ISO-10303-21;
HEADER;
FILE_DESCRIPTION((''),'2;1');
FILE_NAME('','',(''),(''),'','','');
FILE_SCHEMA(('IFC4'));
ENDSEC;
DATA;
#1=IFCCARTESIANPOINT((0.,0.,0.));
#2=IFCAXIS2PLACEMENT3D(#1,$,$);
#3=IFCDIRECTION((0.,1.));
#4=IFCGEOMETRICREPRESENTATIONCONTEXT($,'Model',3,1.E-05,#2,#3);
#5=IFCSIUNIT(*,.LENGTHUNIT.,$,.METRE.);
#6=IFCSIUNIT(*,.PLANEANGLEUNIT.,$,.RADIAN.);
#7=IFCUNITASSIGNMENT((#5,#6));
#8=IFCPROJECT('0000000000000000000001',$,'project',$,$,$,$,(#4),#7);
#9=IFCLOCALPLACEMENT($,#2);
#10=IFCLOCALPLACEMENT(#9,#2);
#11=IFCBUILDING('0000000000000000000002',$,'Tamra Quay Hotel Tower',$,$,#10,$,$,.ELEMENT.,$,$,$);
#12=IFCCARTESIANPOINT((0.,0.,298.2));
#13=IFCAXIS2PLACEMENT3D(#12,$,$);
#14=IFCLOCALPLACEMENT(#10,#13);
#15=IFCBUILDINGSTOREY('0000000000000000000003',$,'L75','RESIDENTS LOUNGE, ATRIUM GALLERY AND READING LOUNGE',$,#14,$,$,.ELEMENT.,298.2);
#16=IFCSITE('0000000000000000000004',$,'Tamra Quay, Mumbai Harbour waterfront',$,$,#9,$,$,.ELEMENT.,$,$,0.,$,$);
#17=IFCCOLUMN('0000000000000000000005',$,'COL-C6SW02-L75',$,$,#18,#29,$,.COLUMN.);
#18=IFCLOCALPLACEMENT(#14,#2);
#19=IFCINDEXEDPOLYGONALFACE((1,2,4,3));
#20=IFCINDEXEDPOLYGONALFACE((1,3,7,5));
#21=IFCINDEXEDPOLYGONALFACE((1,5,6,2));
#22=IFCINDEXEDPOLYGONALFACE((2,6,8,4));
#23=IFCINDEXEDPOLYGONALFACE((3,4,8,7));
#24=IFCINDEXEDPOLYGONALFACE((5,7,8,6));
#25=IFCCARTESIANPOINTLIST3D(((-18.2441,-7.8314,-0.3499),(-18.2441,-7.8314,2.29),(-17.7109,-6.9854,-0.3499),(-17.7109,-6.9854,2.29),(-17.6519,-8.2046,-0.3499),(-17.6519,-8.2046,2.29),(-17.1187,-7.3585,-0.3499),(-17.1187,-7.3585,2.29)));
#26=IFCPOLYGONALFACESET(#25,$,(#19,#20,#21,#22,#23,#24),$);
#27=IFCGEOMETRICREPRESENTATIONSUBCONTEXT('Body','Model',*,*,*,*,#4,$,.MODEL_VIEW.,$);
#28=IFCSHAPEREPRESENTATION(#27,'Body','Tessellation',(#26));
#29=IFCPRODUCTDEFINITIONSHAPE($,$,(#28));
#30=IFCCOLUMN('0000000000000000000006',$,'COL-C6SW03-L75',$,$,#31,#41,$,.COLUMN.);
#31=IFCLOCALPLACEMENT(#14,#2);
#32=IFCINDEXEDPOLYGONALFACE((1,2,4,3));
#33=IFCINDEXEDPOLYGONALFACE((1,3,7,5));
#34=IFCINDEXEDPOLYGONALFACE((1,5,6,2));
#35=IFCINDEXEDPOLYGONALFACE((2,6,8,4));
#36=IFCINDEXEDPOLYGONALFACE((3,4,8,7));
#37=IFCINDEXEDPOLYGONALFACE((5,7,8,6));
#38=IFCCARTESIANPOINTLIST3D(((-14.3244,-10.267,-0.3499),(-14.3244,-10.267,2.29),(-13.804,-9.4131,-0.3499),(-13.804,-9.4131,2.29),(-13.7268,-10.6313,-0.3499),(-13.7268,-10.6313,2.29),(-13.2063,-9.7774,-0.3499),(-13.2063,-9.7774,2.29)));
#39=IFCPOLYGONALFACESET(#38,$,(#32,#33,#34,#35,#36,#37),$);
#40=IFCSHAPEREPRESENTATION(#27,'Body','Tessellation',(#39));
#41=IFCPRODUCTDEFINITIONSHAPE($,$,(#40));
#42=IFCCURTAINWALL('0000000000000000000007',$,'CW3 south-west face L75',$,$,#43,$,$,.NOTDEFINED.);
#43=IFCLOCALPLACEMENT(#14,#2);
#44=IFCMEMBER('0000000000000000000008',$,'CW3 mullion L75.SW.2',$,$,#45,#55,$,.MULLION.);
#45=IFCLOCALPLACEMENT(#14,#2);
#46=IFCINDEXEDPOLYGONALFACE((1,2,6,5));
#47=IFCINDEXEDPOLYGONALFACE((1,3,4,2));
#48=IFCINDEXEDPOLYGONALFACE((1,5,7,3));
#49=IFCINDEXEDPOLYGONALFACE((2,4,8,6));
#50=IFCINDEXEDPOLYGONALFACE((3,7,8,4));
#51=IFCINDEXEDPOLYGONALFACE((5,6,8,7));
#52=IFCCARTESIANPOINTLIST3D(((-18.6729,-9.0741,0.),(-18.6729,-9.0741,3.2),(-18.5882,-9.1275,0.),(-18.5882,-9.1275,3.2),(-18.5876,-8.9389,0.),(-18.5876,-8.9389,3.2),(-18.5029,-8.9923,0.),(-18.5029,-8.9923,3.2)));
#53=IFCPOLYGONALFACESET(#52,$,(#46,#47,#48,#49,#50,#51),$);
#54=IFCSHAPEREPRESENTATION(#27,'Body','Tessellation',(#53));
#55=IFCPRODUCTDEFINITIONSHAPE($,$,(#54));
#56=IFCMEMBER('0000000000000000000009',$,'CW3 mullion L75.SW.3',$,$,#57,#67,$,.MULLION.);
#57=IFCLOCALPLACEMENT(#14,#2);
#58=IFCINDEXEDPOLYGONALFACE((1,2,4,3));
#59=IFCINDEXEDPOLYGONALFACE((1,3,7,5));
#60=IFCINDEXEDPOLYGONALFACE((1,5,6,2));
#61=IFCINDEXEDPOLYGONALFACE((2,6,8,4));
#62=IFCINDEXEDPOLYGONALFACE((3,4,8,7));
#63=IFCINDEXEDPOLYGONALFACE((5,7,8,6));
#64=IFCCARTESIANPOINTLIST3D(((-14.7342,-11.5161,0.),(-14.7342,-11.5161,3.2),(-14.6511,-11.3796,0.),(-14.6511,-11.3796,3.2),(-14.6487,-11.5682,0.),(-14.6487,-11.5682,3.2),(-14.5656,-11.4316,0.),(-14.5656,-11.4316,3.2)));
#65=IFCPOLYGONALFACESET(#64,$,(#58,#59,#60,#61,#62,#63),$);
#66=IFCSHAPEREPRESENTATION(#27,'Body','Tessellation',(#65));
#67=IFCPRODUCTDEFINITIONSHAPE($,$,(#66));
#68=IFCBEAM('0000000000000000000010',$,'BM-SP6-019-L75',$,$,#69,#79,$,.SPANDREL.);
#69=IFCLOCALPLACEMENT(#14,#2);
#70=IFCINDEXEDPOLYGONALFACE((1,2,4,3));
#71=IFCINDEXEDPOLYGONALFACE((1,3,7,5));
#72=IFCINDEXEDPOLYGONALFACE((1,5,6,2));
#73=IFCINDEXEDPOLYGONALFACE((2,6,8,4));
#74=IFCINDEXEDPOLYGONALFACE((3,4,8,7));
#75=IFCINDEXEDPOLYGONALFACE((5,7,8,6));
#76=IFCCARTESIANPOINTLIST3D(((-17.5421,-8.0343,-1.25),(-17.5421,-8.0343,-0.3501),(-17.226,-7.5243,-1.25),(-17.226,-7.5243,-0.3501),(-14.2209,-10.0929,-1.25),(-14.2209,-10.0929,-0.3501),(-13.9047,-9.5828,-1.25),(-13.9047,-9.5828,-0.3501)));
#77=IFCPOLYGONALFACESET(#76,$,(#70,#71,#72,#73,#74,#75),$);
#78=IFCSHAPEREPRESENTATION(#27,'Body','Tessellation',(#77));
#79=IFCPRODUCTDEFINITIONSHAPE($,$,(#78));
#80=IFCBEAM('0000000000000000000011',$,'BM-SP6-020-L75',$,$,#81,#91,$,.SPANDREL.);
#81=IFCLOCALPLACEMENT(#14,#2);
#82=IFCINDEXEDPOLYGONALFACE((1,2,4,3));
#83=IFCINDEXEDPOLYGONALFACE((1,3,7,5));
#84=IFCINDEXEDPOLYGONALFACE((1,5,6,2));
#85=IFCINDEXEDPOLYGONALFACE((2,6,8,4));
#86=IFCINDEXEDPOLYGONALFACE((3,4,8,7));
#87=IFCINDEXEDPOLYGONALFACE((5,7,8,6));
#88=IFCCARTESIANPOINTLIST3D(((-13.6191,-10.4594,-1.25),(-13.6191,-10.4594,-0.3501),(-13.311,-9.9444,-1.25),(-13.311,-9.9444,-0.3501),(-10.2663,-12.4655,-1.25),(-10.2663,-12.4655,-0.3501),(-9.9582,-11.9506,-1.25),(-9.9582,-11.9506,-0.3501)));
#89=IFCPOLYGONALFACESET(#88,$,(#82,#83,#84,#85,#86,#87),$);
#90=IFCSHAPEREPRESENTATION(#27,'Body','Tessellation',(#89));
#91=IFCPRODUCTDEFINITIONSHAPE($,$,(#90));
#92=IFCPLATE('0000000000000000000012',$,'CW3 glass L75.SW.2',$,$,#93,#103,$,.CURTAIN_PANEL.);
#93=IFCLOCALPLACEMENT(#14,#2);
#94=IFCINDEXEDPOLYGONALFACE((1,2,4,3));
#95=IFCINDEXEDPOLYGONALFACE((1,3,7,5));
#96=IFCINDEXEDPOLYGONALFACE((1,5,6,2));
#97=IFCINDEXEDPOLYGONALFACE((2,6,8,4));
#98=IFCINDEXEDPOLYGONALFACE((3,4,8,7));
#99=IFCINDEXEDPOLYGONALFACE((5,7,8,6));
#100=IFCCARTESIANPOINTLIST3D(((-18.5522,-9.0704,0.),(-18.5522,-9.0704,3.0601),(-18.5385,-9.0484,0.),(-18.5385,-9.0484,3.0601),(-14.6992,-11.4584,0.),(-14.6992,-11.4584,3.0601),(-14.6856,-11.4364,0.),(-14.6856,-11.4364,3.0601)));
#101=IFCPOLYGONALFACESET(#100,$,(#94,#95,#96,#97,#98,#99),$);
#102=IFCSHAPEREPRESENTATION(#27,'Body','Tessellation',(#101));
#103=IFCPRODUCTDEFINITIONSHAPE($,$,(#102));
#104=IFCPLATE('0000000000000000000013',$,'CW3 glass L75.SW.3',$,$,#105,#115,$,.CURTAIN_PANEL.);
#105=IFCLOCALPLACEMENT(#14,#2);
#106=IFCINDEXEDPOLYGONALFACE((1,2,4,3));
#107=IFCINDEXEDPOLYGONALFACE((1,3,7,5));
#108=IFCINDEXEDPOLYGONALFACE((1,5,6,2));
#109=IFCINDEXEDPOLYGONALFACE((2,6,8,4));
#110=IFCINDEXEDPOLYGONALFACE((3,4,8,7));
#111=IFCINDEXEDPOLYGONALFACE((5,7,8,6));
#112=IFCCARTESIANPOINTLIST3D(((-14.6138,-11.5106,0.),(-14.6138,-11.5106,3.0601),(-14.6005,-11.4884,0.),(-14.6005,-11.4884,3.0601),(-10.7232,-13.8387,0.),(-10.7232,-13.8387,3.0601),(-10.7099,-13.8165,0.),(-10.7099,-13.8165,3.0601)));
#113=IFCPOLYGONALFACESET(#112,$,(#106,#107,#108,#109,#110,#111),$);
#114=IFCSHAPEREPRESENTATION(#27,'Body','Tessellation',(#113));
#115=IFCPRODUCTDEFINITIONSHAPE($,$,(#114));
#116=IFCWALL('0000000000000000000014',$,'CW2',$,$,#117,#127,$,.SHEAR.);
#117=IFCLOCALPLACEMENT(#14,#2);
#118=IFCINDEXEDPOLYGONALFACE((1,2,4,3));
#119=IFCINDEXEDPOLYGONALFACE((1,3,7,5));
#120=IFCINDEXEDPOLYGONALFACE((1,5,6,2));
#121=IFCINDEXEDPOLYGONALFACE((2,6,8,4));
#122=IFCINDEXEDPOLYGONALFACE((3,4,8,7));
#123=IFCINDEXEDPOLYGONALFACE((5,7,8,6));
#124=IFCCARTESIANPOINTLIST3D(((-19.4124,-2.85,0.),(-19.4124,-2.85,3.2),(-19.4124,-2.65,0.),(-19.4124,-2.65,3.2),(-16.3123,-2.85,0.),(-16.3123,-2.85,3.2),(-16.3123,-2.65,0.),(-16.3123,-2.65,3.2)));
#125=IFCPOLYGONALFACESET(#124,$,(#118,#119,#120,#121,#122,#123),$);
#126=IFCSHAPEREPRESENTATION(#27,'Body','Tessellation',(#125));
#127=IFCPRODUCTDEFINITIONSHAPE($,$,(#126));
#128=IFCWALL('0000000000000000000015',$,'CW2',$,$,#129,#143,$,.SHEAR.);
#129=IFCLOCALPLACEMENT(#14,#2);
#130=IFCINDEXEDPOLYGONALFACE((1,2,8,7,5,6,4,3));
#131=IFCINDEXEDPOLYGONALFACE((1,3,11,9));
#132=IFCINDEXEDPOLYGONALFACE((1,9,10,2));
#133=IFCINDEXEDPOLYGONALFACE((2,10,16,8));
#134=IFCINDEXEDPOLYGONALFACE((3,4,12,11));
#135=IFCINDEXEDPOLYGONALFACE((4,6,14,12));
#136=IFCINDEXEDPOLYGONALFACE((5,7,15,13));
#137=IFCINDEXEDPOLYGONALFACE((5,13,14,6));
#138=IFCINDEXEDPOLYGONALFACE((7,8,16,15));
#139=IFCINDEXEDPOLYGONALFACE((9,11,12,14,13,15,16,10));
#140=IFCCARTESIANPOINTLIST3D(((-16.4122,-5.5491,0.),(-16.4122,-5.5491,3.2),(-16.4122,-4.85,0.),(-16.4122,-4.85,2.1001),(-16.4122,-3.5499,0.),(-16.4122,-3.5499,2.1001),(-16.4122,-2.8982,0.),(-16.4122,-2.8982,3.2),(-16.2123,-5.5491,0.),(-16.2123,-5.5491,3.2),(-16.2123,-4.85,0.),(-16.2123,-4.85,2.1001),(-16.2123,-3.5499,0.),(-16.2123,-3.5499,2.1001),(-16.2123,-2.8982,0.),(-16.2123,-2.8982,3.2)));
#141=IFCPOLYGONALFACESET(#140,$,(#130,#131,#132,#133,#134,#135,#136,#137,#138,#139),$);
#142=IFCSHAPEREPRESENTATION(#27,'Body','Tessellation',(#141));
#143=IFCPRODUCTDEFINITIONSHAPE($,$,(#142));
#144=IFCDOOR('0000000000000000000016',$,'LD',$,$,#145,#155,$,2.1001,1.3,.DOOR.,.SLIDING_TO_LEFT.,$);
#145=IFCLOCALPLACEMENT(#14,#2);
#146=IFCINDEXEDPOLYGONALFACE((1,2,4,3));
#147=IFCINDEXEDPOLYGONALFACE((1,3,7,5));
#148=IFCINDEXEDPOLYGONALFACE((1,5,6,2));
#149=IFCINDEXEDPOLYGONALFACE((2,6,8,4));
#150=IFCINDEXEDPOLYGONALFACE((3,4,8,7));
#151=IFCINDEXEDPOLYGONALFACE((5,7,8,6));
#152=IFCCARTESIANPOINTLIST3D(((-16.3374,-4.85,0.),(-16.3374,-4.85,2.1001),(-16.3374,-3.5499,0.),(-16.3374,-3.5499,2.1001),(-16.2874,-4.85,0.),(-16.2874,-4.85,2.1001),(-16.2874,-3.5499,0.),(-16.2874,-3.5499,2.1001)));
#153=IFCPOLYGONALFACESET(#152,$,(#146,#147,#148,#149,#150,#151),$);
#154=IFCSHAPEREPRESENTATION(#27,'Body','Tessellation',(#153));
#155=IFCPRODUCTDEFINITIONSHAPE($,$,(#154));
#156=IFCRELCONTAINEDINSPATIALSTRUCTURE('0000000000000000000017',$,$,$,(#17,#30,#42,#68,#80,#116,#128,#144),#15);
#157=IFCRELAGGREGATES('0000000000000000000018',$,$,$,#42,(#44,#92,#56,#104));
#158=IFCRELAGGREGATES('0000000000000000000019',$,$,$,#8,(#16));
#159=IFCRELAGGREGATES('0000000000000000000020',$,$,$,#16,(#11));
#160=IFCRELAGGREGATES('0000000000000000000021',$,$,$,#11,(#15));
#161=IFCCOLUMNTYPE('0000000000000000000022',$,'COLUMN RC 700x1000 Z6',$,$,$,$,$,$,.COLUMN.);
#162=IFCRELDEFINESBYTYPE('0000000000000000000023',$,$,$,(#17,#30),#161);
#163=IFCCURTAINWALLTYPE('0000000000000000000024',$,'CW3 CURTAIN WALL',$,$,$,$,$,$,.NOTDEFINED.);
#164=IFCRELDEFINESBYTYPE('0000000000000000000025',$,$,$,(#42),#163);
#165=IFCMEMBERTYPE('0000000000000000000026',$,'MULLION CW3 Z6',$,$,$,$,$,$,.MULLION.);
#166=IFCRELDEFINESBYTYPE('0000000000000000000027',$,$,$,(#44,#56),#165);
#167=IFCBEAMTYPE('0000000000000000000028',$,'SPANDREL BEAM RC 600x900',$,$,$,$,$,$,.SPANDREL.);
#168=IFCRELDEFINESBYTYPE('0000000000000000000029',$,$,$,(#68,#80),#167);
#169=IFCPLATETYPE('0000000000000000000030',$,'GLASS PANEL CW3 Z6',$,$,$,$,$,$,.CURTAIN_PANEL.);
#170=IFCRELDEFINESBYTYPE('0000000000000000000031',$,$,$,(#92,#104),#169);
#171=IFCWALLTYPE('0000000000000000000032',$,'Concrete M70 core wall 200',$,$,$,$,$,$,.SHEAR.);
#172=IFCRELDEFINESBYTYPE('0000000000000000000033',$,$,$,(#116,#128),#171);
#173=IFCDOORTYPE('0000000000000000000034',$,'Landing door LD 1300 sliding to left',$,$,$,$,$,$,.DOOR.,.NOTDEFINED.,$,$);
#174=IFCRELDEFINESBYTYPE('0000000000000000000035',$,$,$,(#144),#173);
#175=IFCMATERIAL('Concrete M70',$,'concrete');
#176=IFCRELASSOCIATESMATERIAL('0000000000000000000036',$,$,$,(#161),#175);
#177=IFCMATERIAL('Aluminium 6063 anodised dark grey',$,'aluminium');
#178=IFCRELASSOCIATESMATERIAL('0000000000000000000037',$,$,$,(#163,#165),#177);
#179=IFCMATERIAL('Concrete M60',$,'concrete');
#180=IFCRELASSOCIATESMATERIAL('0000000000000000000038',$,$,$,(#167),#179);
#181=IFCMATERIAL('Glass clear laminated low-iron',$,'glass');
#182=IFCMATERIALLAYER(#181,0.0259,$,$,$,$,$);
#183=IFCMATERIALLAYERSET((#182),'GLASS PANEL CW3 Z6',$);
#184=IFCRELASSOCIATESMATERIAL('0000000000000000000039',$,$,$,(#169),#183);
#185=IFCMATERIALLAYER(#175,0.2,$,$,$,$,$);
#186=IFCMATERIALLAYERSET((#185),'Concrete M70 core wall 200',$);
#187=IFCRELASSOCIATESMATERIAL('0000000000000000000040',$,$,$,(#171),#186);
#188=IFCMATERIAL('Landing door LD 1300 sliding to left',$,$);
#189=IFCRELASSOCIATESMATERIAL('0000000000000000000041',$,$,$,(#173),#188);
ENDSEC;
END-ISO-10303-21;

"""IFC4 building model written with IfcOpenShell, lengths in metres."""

from ifc_helpers import new_model, si_unit, direction, frame, frame_2d, origin, origin_2d, place, context, subcontext, project, spatial, rectangle, extrude, material, layer, layer_set, material_profile, profile_set, type_object, element, fill, aggregate, save


model = new_model("IFC4")

# Units and contexts
model_context = context("Model", 3, precision=1e-05, world=origin(), true_north=direction((0.0, 1.0)))
body_context = subcontext(model_context, "Body", "Model", "MODEL_VIEW")
ifc_project = project(units=[si_unit("LENGTHUNIT", "METRE"), si_unit("PLANEANGLEUNIT", "RADIAN")], contexts=[model_context])

# Site, building, storey
site_placement = place(None, origin())
site = spatial("IfcSite", under=ifc_project, at=site_placement, Name="Tamra Quay, Mumbai Harbour waterfront", CompositionType="ELEMENT", RefElevation=0.0)
building_placement = place(site_placement, origin())
building = spatial("IfcBuilding", under=site, at=building_placement, Name="Tamra Quay Hotel Tower", CompositionType="ELEMENT")
storey_placement = place(building_placement, frame((0.0, 0.0, 298.2)))
storey = spatial("IfcBuildingStorey", under=building, at=storey_placement, Name="L75", Description="RESIDENTS LOUNGE, ATRIUM GALLERY AND READING LOUNGE", CompositionType="ELEMENT", Elevation=298.2)

# Columns
ifc_material_1 = material(Name="Concrete M70", Category="concrete")
ifc_material_profile_1 = material_profile(ifc_material_1, rectangle(XDim=1.0, YDim=0.7, at=origin_2d()), Name="COLUMN RC 700x1000 Z6")
ifc_profile_set_1 = profile_set([ifc_material_profile_1], Name="Concrete M70")
column_type = type_object("IfcColumnType", Name="COLUMN RC 700x1000 Z6", PredefinedType="COLUMN", material=ifc_profile_set_1)
for number, where, z_axis, x_axis, name in (
    (1, (-17.6814, -7.595, -0.3499), (0.0, 0.0, 1.0), (0.533133, 0.846031, 0.0), "COL-C6SW02-L75"),
    (2, (-13.7654, -10.0222, -0.3499), (0.0, 0.0, 1.0), (0.52043, 0.853904, 0.0), "COL-C6SW03-L75"),
):
    element("IfcColumn", number, at=place(storey_placement, frame(where, z_axis=z_axis, x_axis=x_axis)), inside=storey, type_object=column_type, Name=name, PredefinedType="COLUMN", context=body_context, shape_type="SweptSolid", body=[
        extrude(rectangle(XDim=1.0, YDim=0.7, at=origin_2d()), origin(), (0.0, 0.0, 1.0), 2.6399),
    ])

# Curtain wall, members
ifc_material_2 = material(Name="Aluminium 6063 anodised dark grey", Category="aluminium")
curtain_wall_type = type_object("IfcCurtainWallType", Name="CW3 CURTAIN WALL", PredefinedType="NOTDEFINED", material=ifc_material_2)
curtain_wall_placement = place(storey_placement, origin())
curtain_wall = element("IfcCurtainWall", 3, at=curtain_wall_placement, inside=storey, type_object=curtain_wall_type, Name="CW3 south-west face L75", PredefinedType="NOTDEFINED")
ifc_material_profile_2 = material_profile(ifc_material_2, rectangle(XDim=0.1599, YDim=0.1001, at=origin_2d()), Name="MULLION 100X160")
ifc_profile_set_2 = profile_set([ifc_material_profile_2], Name="Aluminium 6063 anodised dark grey")
member_type = type_object("IfcMemberType", Name="MULLION CW3 Z6", PredefinedType="MULLION", material=ifc_profile_set_2)
member_1_placement = place(storey_placement, frame((-18.5879, -9.0332, 0.0), z_axis=(0.0, 0.0, 1.0), x_axis=(-0.533422, -0.845849, 0.0)))
member_1 = element("IfcMember", 4, at=member_1_placement, type_object=member_type, Name="CW3 mullion L75.SW.2", PredefinedType="MULLION", context=body_context, shape_type="SweptSolid", body=[
    extrude(rectangle(XDim=0.1599, YDim=0.1001, at=origin_2d()), origin(), (0.0, 0.0, 1.0), 3.2),
])
member_2_placement = place(storey_placement, frame((-14.6499, -11.4739, 0.0), z_axis=(0.0, 0.0, 1.0), x_axis=(-0.52016, -0.854069, 0.0)))
member_2 = element("IfcMember", 5, at=member_2_placement, type_object=member_type, Name="CW3 mullion L75.SW.3", PredefinedType="MULLION", context=body_context, shape_type="SweptSolid", body=[
    extrude(rectangle(XDim=0.1599, YDim=0.1001, at=origin_2d()), origin(), (0.0, 0.0, 1.0), 3.2),
])

# Beams
ifc_material_3 = material(Name="Concrete M60", Category="concrete")
ifc_material_profile_3 = material_profile(ifc_material_3, rectangle(XDim=0.6001, YDim=0.8999, at=origin_2d()), Name="SPANDREL BEAM RC 600x900")
ifc_profile_set_3 = profile_set([ifc_material_profile_3], Name="Concrete M60")
beam_type = type_object("IfcBeamType", Name="SPANDREL BEAM RC 600x900", PredefinedType="SPANDREL", material=ifc_profile_set_3)
beam_1_placement = place(storey_placement, frame((-17.384, -7.7793, -0.8), z_axis=(0.849972, -0.526828, 0.0), x_axis=(0.526828, 0.849972, 0.0)))
element("IfcBeam", 6, at=beam_1_placement, inside=storey, type_object=beam_type, Name="BM-SP6-019-L75", PredefinedType="SPANDREL", context=body_context, shape_type="SweptSolid", body=[
    extrude(rectangle(XDim=0.6001, YDim=0.8999, at=origin_2d()), origin(), (0.0, 0.0, 1.0), 3.9075),
])
beam_2_placement = place(storey_placement, frame((-13.4651, -10.2019, -0.8), z_axis=(0.858121, -0.513448, 0.0), x_axis=(0.513448, 0.858121, 0.0)))
element("IfcBeam", 7, at=beam_2_placement, inside=storey, type_object=beam_type, Name="BM-SP6-020-L75", PredefinedType="SPANDREL", context=body_context, shape_type="SweptSolid", body=[
    extrude(rectangle(XDim=0.6001, YDim=0.8999, at=origin_2d()), origin(), (0.0, 0.0, 1.0), 3.9072),
])

# Plates
ifc_material_4 = material(Name="Glass clear laminated low-iron", Category="glass")
ifc_layer_1 = layer(ifc_material_4, 0.0259)
ifc_layer_set_1 = layer_set([ifc_layer_1], Name="GLASS PANEL CW3 Z6")
plate_type = type_object("IfcPlateType", Name="GLASS PANEL CW3 Z6", PredefinedType="CURTAIN_PANEL", material=ifc_layer_set_1)
plate_1_placement = place(storey_placement, frame((-16.6189, -10.2534, 0.0), z_axis=(0.0, 0.0, 1.0), x_axis=(0.849982, -0.526812, 0.0)))
plate_1 = element("IfcPlate", 8, at=plate_1_placement, type_object=plate_type, Name="CW3 glass L75.SW.2", PredefinedType="CURTAIN_PANEL", context=body_context, shape_type="SweptSolid", body=[
    extrude(rectangle(XDim=4.533, YDim=0.0259, at=origin_2d()), origin(), (0.0, 0.0, 1.0), 3.0601),
])
plate_2_placement = place(storey_placement, frame((-12.6619, -12.6636, 0.0), z_axis=(0.0, 0.0, 1.0), x_axis=(0.858103, -0.513477, 0.0)))
plate_2 = element("IfcPlate", 9, at=plate_2_placement, type_object=plate_type, Name="CW3 glass L75.SW.3", PredefinedType="CURTAIN_PANEL", context=body_context, shape_type="SweptSolid", body=[
    extrude(rectangle(XDim=4.5339, YDim=0.0259, at=origin_2d()), origin(), (0.0, 0.0, 1.0), 3.0601),
])
aggregate(curtain_wall, [member_1, plate_1, member_2, plate_2])

# Wall
ifc_layer_2 = layer(ifc_material_1, 0.2)
ifc_layer_set_2 = layer_set([ifc_layer_2], Name="Concrete M70 core wall 200")
wall_type_1 = type_object("IfcWallType", Name="Concrete M70 core wall 200", PredefinedType="SHEAR", material=ifc_layer_set_2)
wall_1_placement = place(storey_placement, frame((-19.4124, -2.75, 0.0), z_axis=(0.0, 0.0, 1.0), x_axis=(1.0, 0.0, 0.0)))
element("IfcWall", 10, at=wall_1_placement, inside=storey, type_object=wall_type_1, Name="CW2", PredefinedType="SHEAR", context=body_context, shape_type="SweptSolid", body=[
    extrude(rectangle(XDim=3.1001, YDim=0.2, at=frame_2d((1.55, 0.0))), origin(), (0.0, 0.0, 1.0), 3.2),
])

# Wall, opening, door
wall_2_placement = place(storey_placement, frame((-16.3123, -2.8982, 0.0), z_axis=(0.0, 0.0, 1.0), x_axis=(0.0, -1.0, 0.0)))
wall_2 = element("IfcWall", 11, at=wall_2_placement, inside=storey, type_object=wall_type_1, Name="CW2", PredefinedType="SHEAR", context=body_context, shape_type="SweptSolid", body=[
    extrude(rectangle(XDim=2.6509, YDim=0.2, at=frame_2d((1.3254, 0.0))), origin(), (0.0, 0.0, 1.0), 3.2),
])
opening_1_placement = place(wall_2_placement, frame((0.6519, 0.0, 0.0)))
opening_1 = element("IfcOpeningElement", 12, at=opening_1_placement, cuts=wall_2, PredefinedType="OPENING", context=body_context, shape_type="SweptSolid", body=[
    extrude(rectangle(XDim=1.3, YDim=2.1001, at=frame_2d((0.6499, 1.05))), frame((0.0, 0.1099, 0.0), z_axis=(0.0, -1.0, 0.0), x_axis=(1.0, 0.0, 0.0)), (0.0, 0.0, 1.0), 0.22),
])
ifc_material_5 = material(Name="Landing door LD 1300 sliding to left")
door_type_1 = type_object("IfcDoorType", Name="Landing door LD 1300 sliding to left", OperationType="NOTDEFINED", PredefinedType="DOOR", material=ifc_material_5)
door_1_placement = place(opening_1_placement, origin())
door_1 = element("IfcDoor", 13, at=door_1_placement, inside=storey, type_object=door_type_1, Name="LD", OperationType="SLIDING_TO_LEFT", OverallHeight=2.1001, OverallWidth=1.3, PredefinedType="DOOR", context=body_context, shape_type="SweptSolid", body=[
    extrude(rectangle(XDim=1.3, YDim=2.1001, at=frame_2d((0.6499, 1.05))), frame((0.0, 0.0249, 0.0), z_axis=(0.0, -1.0, 0.0), x_axis=(1.0, 0.0, 0.0)), (0.0, 0.0, 1.0), 0.05),
])
fill(opening_1, door_1)

save(model, "model.ifc")
